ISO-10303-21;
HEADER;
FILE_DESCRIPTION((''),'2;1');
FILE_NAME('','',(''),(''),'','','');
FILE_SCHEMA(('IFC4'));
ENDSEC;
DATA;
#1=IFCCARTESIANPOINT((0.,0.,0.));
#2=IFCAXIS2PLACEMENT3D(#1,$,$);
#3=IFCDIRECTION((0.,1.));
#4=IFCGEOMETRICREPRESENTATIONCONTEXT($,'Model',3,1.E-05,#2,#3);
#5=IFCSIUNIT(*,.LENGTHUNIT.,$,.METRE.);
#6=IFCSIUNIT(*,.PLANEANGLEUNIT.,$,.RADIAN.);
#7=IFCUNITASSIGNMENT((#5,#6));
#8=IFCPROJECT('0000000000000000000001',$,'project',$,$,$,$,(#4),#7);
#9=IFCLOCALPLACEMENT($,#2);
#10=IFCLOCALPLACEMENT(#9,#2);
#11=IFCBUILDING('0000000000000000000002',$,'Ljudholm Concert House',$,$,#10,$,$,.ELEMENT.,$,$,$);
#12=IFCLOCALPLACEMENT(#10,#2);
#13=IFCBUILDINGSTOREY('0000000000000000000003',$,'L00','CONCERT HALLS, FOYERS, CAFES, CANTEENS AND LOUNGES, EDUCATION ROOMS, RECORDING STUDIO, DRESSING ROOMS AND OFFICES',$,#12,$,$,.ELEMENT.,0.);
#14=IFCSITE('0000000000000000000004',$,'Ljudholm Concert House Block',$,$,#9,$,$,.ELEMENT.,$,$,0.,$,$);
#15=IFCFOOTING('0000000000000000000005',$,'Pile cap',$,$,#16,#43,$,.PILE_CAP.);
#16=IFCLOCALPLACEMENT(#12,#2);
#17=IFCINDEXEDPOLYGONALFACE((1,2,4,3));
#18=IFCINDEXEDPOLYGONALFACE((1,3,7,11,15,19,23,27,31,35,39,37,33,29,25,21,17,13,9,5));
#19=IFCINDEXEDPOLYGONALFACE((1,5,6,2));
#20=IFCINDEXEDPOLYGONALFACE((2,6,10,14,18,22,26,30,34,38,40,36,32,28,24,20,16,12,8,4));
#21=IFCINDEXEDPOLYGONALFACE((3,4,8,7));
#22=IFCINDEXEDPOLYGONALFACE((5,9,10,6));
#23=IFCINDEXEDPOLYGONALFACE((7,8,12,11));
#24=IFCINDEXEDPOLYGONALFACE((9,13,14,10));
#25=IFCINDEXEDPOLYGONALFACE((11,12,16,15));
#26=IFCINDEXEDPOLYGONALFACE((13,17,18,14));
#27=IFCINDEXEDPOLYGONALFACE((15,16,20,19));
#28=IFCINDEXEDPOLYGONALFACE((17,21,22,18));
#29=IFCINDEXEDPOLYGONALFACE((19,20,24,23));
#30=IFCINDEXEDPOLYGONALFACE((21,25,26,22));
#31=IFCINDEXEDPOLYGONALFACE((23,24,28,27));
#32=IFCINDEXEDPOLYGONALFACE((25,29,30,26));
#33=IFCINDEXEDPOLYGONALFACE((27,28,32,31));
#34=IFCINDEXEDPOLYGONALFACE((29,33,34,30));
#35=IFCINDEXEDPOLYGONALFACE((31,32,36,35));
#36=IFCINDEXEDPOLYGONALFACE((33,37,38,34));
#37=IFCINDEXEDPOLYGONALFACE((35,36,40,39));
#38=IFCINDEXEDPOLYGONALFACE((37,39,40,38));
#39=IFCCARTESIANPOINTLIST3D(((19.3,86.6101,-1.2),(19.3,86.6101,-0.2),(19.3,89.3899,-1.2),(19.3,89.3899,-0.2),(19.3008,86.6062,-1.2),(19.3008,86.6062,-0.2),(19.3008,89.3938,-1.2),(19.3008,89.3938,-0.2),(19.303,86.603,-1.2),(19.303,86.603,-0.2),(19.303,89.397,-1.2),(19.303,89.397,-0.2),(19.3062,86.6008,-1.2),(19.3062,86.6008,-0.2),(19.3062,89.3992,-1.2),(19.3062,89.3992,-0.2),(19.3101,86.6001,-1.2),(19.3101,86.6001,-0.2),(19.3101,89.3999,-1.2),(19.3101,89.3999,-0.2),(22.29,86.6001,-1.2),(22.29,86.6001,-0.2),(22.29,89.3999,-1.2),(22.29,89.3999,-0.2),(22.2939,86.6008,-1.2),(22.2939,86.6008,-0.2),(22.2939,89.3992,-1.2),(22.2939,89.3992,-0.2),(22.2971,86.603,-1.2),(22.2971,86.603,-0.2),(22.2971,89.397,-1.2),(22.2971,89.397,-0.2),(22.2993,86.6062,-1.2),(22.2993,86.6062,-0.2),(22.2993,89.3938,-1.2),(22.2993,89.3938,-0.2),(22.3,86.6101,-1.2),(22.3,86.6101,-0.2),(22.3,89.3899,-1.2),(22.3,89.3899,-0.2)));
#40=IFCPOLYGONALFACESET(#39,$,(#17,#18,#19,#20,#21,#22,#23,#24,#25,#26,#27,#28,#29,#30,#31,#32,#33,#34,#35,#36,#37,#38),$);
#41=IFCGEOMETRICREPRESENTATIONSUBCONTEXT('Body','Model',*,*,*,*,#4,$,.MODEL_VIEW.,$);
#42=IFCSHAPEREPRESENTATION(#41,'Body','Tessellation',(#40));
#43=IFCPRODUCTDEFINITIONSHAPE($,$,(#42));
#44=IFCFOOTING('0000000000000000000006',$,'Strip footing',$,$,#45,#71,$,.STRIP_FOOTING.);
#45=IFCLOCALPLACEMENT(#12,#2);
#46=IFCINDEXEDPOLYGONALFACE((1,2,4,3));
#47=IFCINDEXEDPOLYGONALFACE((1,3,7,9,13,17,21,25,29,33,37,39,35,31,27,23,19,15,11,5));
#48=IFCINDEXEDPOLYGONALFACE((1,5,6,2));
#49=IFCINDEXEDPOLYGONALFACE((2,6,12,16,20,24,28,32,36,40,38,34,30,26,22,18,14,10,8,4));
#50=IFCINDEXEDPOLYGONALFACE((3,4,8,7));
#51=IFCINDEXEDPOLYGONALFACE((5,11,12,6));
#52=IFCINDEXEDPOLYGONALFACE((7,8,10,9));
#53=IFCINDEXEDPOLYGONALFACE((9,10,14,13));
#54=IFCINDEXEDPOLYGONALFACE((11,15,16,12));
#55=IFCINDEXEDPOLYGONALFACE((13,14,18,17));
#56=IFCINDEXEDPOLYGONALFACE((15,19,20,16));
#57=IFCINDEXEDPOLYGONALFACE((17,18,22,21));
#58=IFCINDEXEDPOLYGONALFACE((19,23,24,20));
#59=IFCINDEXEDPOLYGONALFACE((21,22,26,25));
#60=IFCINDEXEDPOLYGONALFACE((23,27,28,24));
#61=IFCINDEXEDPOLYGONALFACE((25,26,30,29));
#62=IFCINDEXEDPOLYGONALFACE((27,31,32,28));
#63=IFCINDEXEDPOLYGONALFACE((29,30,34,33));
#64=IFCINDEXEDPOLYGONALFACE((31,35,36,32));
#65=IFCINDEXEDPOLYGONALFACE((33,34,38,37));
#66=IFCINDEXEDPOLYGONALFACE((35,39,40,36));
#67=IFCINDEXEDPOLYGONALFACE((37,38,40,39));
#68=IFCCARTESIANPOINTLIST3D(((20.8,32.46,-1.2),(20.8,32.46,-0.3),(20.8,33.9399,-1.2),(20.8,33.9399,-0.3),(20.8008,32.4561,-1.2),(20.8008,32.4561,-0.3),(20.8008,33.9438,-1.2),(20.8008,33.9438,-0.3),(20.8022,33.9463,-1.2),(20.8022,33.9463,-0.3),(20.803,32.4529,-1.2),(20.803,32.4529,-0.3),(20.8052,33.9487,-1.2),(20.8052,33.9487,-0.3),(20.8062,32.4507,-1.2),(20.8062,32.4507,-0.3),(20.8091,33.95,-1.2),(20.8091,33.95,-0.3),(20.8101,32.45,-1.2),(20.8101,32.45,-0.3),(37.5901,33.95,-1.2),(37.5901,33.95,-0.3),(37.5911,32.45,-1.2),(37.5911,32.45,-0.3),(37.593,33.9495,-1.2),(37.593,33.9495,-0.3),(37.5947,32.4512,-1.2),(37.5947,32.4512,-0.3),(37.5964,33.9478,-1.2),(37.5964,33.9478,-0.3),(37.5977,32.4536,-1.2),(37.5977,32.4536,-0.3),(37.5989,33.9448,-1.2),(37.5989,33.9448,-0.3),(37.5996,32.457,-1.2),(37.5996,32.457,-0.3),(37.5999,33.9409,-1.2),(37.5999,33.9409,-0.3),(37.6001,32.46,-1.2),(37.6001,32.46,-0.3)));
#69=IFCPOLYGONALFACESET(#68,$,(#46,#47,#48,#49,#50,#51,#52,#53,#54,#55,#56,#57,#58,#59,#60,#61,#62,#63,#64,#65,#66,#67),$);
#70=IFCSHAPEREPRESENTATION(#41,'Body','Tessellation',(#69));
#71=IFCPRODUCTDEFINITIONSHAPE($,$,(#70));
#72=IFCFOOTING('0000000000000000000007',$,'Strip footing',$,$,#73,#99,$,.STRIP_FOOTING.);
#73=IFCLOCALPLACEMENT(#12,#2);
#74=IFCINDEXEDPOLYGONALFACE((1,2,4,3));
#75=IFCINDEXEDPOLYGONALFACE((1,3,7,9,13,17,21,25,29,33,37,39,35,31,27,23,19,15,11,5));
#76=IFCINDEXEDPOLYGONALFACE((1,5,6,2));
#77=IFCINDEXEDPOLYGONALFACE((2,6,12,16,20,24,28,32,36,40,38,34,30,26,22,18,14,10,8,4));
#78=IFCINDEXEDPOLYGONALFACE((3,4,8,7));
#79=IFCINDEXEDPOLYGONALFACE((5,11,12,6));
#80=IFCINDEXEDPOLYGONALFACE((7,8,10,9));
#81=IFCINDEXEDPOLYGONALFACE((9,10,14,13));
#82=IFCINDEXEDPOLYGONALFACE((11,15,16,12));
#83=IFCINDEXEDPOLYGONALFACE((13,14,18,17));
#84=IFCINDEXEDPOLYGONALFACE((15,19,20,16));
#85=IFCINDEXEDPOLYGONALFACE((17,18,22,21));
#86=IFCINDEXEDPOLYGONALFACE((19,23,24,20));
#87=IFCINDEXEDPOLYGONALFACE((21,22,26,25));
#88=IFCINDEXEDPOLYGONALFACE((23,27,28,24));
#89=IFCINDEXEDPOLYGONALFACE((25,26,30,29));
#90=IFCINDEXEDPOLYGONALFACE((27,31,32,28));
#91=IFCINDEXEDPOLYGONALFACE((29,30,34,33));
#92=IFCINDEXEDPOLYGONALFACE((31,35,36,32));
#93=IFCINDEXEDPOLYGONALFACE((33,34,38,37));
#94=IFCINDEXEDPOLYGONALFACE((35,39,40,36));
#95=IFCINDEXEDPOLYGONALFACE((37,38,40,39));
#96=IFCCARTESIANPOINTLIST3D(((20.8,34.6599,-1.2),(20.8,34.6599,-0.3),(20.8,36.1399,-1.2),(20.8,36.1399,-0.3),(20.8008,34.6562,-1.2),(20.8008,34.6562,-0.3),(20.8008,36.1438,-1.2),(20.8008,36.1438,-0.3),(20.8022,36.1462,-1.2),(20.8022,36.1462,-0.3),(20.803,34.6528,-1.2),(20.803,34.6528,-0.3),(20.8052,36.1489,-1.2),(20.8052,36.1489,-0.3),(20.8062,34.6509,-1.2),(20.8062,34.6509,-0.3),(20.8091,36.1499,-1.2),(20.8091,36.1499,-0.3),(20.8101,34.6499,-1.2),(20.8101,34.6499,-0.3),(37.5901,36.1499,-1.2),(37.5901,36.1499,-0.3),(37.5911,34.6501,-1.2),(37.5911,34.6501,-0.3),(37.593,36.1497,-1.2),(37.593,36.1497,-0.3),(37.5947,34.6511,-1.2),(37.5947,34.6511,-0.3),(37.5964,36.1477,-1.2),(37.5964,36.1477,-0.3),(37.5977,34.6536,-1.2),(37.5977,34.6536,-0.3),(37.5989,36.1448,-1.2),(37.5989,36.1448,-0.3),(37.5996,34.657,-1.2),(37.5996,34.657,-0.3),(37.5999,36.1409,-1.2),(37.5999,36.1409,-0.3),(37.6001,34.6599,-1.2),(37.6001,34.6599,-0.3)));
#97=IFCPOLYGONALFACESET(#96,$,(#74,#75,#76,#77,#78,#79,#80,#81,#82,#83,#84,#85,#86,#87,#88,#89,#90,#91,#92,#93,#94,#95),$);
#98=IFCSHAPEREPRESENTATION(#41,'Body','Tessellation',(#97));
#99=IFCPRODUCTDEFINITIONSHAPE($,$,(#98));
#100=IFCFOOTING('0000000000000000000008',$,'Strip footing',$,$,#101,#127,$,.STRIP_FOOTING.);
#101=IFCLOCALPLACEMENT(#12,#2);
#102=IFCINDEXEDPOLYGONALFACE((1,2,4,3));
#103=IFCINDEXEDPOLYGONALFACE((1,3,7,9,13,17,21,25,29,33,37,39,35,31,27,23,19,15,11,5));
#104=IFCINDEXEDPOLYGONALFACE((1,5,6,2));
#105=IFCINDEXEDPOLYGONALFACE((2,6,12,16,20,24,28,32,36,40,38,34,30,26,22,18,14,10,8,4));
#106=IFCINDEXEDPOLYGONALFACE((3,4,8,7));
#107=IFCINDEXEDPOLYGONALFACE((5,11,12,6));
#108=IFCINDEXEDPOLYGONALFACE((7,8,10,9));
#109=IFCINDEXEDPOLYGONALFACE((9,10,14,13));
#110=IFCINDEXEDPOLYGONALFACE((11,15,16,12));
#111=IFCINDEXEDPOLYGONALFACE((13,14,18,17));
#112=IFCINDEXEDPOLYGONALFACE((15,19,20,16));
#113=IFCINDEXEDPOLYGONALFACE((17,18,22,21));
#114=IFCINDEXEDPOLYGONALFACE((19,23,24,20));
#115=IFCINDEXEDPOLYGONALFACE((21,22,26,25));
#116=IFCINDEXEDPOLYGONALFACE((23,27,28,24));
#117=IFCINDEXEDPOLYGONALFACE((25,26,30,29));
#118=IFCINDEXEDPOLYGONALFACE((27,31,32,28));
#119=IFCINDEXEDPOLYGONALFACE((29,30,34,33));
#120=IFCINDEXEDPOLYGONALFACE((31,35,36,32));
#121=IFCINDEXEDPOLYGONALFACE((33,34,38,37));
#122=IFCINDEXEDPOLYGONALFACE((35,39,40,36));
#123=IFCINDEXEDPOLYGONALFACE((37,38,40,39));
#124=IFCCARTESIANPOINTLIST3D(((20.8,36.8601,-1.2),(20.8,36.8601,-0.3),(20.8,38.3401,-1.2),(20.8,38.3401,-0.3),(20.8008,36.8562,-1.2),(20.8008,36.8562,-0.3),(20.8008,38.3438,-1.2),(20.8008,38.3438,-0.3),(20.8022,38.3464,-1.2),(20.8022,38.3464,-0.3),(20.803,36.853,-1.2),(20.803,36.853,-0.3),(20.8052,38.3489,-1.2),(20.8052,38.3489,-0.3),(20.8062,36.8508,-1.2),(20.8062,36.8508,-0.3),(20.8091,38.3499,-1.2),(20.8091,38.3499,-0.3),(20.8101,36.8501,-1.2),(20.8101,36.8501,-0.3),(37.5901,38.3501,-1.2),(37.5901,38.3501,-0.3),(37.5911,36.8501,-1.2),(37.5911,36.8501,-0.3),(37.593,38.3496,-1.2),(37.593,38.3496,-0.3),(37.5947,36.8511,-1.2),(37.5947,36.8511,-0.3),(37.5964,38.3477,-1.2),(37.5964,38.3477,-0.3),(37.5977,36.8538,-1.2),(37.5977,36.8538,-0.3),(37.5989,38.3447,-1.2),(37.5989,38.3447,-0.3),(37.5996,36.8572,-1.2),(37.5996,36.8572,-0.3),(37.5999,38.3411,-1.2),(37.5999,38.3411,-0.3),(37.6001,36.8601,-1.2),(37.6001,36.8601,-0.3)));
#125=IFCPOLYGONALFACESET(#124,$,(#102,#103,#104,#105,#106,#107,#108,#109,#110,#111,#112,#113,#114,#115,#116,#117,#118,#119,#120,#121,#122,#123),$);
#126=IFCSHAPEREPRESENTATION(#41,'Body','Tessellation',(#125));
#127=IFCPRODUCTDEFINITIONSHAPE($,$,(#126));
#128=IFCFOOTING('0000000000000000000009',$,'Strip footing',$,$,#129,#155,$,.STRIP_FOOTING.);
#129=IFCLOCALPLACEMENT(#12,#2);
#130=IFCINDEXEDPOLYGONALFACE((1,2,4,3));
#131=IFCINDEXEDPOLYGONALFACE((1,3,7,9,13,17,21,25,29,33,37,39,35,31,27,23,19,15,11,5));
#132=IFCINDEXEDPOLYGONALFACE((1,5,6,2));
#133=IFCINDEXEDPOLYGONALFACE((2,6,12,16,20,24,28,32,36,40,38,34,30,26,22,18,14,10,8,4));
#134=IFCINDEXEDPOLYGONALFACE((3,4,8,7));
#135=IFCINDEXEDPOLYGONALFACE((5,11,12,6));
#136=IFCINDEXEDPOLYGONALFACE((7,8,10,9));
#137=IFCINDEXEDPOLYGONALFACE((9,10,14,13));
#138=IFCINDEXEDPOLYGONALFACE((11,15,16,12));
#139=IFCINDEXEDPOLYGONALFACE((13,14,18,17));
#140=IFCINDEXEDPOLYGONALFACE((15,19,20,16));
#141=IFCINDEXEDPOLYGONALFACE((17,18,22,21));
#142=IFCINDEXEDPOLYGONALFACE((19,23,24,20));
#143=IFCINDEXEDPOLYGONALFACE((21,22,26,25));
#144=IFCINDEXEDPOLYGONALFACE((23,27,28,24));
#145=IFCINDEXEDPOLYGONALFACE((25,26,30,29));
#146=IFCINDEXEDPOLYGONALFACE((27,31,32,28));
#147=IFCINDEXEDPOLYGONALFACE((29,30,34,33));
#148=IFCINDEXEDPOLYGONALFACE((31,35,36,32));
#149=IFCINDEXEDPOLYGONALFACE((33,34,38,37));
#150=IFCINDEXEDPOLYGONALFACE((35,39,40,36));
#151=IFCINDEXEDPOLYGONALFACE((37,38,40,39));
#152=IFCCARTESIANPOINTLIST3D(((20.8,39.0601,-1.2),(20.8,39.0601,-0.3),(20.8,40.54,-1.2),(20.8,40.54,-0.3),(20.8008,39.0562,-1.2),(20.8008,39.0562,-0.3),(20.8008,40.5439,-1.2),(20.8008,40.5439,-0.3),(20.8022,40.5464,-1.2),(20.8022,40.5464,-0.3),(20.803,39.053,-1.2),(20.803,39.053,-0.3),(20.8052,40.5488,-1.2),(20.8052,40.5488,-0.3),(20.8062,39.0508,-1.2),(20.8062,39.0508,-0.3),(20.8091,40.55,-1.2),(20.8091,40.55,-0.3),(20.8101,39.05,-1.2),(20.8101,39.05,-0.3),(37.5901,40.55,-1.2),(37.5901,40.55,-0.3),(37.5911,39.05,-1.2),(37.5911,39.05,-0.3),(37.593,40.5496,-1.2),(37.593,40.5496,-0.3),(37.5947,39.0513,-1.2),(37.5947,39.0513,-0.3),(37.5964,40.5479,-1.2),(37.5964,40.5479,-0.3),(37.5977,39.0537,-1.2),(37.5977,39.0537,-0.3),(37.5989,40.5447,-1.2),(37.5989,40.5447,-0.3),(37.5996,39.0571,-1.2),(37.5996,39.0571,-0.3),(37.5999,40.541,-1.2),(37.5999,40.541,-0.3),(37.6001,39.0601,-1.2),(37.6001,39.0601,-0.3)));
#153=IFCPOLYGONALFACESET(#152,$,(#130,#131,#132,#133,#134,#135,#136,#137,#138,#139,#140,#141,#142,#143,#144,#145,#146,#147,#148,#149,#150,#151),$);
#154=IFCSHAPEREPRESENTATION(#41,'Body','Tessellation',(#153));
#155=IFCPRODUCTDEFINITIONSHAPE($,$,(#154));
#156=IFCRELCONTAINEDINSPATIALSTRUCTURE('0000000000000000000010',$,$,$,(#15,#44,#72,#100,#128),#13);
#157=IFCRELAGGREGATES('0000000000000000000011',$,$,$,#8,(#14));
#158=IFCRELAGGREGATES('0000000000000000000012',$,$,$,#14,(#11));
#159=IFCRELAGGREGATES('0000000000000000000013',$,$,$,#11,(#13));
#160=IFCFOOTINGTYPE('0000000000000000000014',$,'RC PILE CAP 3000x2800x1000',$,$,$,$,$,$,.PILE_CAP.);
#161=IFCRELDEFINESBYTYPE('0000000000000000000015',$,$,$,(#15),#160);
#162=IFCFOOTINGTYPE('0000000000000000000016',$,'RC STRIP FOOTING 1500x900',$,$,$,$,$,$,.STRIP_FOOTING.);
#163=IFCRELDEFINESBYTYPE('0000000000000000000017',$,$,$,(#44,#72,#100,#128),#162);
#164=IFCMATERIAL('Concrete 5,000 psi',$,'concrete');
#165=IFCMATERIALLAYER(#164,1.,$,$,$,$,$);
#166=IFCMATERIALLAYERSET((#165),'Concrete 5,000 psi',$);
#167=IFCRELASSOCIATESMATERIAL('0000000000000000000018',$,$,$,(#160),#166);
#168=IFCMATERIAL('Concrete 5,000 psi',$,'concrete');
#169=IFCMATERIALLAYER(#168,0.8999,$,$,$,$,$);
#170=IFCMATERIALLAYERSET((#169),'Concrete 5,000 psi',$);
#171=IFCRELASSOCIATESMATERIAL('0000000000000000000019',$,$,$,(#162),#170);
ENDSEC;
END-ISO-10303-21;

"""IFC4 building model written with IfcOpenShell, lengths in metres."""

from ifc_helpers import new_model, si_unit, direction, frame, origin, place, context, subcontext, project, spatial, polyline, outline, extrude, material, layer, layer_set, type_object, element, save


model = new_model("IFC4")

# Units and contexts
model_context = context("Model", 3, precision=1e-05, world=origin(), true_north=direction((0.0, 1.0)))
body_context = subcontext(model_context, "Body", "Model", "MODEL_VIEW")
ifc_project = project(units=[si_unit("LENGTHUNIT", "METRE"), si_unit("PLANEANGLEUNIT", "RADIAN")], contexts=[model_context])

# Site, building, storey
site_placement = place(None, origin())
site = spatial("IfcSite", under=ifc_project, at=site_placement, Name="Ljudholm Concert House Block", CompositionType="ELEMENT", RefElevation=0.0)
building_placement = place(site_placement, origin())
building = spatial("IfcBuilding", under=site, at=building_placement, Name="Ljudholm Concert House", CompositionType="ELEMENT")
storey_placement = place(building_placement, origin())
storey = spatial("IfcBuildingStorey", under=building, at=storey_placement, Name="L00", Description="CONCERT HALLS, FOYERS, CAFES, CANTEENS AND LOUNGES, EDUCATION ROOMS, RECORDING STUDIO, DRESSING ROOMS AND OFFICES", CompositionType="ELEMENT", Elevation=0.0)

# Footings
ifc_material_1 = material(Name="Concrete 5,000 psi", Category="concrete")
ifc_layer_1 = layer(ifc_material_1, 1.0)
ifc_layer_set_1 = layer_set([ifc_layer_1], Name="Concrete 5,000 psi")
footing_type_1 = type_object("IfcFootingType", Name="RC PILE CAP 3000x2800x1000", PredefinedType="PILE_CAP", material=ifc_layer_set_1)
footing_1_placement = place(storey_placement, frame((0.0, 0.0, -1.2)))
element("IfcFooting", 1, at=footing_1_placement, inside=storey, type_object=footing_type_1, Name="Pile cap", PredefinedType="PILE_CAP", context=body_context, shape_type="SweptSolid", body=[
    extrude(outline(polyline([(19.3101, 86.6001), (22.29, 86.6001), (22.2939, 86.6008), (22.2971, 86.603), (22.2993, 86.6062), (22.3, 86.6101), (22.3, 89.3899), (22.2993, 89.3938), (22.2971, 89.397), (22.2939, 89.3992), (22.29, 89.3999), (19.3101, 89.3999), (19.3062, 89.3992), (19.303, 89.397), (19.3008, 89.3938), (19.3, 89.3899), (19.3, 86.6101), (19.3008, 86.6062), (19.303, 86.603), (19.3062, 86.6008), (19.3101, 86.6001)])), origin(), (0.0, 0.0, 1.0), 1.0),
])
ifc_material_2 = material(Name="Concrete 5,000 psi", Category="concrete")
ifc_layer_2 = layer(ifc_material_2, 0.8999)
ifc_layer_set_2 = layer_set([ifc_layer_2], Name="Concrete 5,000 psi")
footing_type_2 = type_object("IfcFootingType", Name="RC STRIP FOOTING 1500x900", PredefinedType="STRIP_FOOTING", material=ifc_layer_set_2)
footing_2_placement = place(storey_placement, frame((0.0, 0.0, -1.2)))
element("IfcFooting", 2, at=footing_2_placement, inside=storey, type_object=footing_type_2, Name="Strip footing", PredefinedType="STRIP_FOOTING", context=body_context, shape_type="SweptSolid", body=[
    extrude(outline(polyline([(20.8101, 32.45), (37.5911, 32.45), (37.5947, 32.4512), (37.5977, 32.4536), (37.5996, 32.457), (37.6001, 32.46), (37.5999, 33.9409), (37.5989, 33.9448), (37.5964, 33.9478), (37.593, 33.9495), (37.5901, 33.95), (20.8091, 33.95), (20.8052, 33.9487), (20.8022, 33.9463), (20.8008, 33.9438), (20.8, 33.9399), (20.8, 32.46), (20.8008, 32.4561), (20.803, 32.4529), (20.8062, 32.4507), (20.8101, 32.45)])), origin(), (0.0, 0.0, 1.0), 0.8999),
])
footing_3_placement = place(storey_placement, frame((0.0, 0.0, -1.2)))
element("IfcFooting", 3, at=footing_3_placement, inside=storey, type_object=footing_type_2, Name="Strip footing", PredefinedType="STRIP_FOOTING", context=body_context, shape_type="SweptSolid", body=[
    extrude(outline(polyline([(20.8101, 34.6499), (37.5911, 34.6501), (37.5947, 34.6511), (37.5977, 34.6536), (37.5996, 34.657), (37.6001, 34.6599), (37.5999, 36.1409), (37.5989, 36.1448), (37.5964, 36.1477), (37.593, 36.1497), (37.5901, 36.1499), (20.8091, 36.1499), (20.8052, 36.1489), (20.8022, 36.1462), (20.8008, 36.1438), (20.8, 36.1399), (20.8, 34.6599), (20.8008, 34.6562), (20.803, 34.6528), (20.8062, 34.6509), (20.8101, 34.6499)])), origin(), (0.0, 0.0, 1.0), 0.8999),
])
footing_4_placement = place(storey_placement, frame((0.0, 0.0, -1.2)))
element("IfcFooting", 4, at=footing_4_placement, inside=storey, type_object=footing_type_2, Name="Strip footing", PredefinedType="STRIP_FOOTING", context=body_context, shape_type="SweptSolid", body=[
    extrude(outline(polyline([(20.8101, 36.8501), (37.5911, 36.8501), (37.5947, 36.8511), (37.5977, 36.8538), (37.5996, 36.8572), (37.6001, 36.8601), (37.5999, 38.3411), (37.5989, 38.3447), (37.5964, 38.3477), (37.593, 38.3496), (37.5901, 38.3501), (20.8091, 38.3499), (20.8052, 38.3489), (20.8022, 38.3464), (20.8008, 38.3438), (20.8, 38.3401), (20.8, 36.8601), (20.8008, 36.8562), (20.803, 36.853), (20.8062, 36.8508), (20.8101, 36.8501)])), origin(), (0.0, 0.0, 1.0), 0.8999),
])
footing_5_placement = place(storey_placement, frame((0.0, 0.0, -1.2)))
element("IfcFooting", 5, at=footing_5_placement, inside=storey, type_object=footing_type_2, Name="Strip footing", PredefinedType="STRIP_FOOTING", context=body_context, shape_type="SweptSolid", body=[
    extrude(outline(polyline([(20.8101, 39.05), (37.5911, 39.05), (37.5947, 39.0513), (37.5977, 39.0537), (37.5996, 39.0571), (37.6001, 39.0601), (37.5999, 40.541), (37.5989, 40.5447), (37.5964, 40.5479), (37.593, 40.5496), (37.5901, 40.55), (20.8091, 40.55), (20.8052, 40.5488), (20.8022, 40.5464), (20.8008, 40.5439), (20.8, 40.54), (20.8, 39.0601), (20.8008, 39.0562), (20.803, 39.053), (20.8062, 39.0508), (20.8101, 39.05)])), origin(), (0.0, 0.0, 1.0), 0.8999),
])

save(model, "model.ifc")
